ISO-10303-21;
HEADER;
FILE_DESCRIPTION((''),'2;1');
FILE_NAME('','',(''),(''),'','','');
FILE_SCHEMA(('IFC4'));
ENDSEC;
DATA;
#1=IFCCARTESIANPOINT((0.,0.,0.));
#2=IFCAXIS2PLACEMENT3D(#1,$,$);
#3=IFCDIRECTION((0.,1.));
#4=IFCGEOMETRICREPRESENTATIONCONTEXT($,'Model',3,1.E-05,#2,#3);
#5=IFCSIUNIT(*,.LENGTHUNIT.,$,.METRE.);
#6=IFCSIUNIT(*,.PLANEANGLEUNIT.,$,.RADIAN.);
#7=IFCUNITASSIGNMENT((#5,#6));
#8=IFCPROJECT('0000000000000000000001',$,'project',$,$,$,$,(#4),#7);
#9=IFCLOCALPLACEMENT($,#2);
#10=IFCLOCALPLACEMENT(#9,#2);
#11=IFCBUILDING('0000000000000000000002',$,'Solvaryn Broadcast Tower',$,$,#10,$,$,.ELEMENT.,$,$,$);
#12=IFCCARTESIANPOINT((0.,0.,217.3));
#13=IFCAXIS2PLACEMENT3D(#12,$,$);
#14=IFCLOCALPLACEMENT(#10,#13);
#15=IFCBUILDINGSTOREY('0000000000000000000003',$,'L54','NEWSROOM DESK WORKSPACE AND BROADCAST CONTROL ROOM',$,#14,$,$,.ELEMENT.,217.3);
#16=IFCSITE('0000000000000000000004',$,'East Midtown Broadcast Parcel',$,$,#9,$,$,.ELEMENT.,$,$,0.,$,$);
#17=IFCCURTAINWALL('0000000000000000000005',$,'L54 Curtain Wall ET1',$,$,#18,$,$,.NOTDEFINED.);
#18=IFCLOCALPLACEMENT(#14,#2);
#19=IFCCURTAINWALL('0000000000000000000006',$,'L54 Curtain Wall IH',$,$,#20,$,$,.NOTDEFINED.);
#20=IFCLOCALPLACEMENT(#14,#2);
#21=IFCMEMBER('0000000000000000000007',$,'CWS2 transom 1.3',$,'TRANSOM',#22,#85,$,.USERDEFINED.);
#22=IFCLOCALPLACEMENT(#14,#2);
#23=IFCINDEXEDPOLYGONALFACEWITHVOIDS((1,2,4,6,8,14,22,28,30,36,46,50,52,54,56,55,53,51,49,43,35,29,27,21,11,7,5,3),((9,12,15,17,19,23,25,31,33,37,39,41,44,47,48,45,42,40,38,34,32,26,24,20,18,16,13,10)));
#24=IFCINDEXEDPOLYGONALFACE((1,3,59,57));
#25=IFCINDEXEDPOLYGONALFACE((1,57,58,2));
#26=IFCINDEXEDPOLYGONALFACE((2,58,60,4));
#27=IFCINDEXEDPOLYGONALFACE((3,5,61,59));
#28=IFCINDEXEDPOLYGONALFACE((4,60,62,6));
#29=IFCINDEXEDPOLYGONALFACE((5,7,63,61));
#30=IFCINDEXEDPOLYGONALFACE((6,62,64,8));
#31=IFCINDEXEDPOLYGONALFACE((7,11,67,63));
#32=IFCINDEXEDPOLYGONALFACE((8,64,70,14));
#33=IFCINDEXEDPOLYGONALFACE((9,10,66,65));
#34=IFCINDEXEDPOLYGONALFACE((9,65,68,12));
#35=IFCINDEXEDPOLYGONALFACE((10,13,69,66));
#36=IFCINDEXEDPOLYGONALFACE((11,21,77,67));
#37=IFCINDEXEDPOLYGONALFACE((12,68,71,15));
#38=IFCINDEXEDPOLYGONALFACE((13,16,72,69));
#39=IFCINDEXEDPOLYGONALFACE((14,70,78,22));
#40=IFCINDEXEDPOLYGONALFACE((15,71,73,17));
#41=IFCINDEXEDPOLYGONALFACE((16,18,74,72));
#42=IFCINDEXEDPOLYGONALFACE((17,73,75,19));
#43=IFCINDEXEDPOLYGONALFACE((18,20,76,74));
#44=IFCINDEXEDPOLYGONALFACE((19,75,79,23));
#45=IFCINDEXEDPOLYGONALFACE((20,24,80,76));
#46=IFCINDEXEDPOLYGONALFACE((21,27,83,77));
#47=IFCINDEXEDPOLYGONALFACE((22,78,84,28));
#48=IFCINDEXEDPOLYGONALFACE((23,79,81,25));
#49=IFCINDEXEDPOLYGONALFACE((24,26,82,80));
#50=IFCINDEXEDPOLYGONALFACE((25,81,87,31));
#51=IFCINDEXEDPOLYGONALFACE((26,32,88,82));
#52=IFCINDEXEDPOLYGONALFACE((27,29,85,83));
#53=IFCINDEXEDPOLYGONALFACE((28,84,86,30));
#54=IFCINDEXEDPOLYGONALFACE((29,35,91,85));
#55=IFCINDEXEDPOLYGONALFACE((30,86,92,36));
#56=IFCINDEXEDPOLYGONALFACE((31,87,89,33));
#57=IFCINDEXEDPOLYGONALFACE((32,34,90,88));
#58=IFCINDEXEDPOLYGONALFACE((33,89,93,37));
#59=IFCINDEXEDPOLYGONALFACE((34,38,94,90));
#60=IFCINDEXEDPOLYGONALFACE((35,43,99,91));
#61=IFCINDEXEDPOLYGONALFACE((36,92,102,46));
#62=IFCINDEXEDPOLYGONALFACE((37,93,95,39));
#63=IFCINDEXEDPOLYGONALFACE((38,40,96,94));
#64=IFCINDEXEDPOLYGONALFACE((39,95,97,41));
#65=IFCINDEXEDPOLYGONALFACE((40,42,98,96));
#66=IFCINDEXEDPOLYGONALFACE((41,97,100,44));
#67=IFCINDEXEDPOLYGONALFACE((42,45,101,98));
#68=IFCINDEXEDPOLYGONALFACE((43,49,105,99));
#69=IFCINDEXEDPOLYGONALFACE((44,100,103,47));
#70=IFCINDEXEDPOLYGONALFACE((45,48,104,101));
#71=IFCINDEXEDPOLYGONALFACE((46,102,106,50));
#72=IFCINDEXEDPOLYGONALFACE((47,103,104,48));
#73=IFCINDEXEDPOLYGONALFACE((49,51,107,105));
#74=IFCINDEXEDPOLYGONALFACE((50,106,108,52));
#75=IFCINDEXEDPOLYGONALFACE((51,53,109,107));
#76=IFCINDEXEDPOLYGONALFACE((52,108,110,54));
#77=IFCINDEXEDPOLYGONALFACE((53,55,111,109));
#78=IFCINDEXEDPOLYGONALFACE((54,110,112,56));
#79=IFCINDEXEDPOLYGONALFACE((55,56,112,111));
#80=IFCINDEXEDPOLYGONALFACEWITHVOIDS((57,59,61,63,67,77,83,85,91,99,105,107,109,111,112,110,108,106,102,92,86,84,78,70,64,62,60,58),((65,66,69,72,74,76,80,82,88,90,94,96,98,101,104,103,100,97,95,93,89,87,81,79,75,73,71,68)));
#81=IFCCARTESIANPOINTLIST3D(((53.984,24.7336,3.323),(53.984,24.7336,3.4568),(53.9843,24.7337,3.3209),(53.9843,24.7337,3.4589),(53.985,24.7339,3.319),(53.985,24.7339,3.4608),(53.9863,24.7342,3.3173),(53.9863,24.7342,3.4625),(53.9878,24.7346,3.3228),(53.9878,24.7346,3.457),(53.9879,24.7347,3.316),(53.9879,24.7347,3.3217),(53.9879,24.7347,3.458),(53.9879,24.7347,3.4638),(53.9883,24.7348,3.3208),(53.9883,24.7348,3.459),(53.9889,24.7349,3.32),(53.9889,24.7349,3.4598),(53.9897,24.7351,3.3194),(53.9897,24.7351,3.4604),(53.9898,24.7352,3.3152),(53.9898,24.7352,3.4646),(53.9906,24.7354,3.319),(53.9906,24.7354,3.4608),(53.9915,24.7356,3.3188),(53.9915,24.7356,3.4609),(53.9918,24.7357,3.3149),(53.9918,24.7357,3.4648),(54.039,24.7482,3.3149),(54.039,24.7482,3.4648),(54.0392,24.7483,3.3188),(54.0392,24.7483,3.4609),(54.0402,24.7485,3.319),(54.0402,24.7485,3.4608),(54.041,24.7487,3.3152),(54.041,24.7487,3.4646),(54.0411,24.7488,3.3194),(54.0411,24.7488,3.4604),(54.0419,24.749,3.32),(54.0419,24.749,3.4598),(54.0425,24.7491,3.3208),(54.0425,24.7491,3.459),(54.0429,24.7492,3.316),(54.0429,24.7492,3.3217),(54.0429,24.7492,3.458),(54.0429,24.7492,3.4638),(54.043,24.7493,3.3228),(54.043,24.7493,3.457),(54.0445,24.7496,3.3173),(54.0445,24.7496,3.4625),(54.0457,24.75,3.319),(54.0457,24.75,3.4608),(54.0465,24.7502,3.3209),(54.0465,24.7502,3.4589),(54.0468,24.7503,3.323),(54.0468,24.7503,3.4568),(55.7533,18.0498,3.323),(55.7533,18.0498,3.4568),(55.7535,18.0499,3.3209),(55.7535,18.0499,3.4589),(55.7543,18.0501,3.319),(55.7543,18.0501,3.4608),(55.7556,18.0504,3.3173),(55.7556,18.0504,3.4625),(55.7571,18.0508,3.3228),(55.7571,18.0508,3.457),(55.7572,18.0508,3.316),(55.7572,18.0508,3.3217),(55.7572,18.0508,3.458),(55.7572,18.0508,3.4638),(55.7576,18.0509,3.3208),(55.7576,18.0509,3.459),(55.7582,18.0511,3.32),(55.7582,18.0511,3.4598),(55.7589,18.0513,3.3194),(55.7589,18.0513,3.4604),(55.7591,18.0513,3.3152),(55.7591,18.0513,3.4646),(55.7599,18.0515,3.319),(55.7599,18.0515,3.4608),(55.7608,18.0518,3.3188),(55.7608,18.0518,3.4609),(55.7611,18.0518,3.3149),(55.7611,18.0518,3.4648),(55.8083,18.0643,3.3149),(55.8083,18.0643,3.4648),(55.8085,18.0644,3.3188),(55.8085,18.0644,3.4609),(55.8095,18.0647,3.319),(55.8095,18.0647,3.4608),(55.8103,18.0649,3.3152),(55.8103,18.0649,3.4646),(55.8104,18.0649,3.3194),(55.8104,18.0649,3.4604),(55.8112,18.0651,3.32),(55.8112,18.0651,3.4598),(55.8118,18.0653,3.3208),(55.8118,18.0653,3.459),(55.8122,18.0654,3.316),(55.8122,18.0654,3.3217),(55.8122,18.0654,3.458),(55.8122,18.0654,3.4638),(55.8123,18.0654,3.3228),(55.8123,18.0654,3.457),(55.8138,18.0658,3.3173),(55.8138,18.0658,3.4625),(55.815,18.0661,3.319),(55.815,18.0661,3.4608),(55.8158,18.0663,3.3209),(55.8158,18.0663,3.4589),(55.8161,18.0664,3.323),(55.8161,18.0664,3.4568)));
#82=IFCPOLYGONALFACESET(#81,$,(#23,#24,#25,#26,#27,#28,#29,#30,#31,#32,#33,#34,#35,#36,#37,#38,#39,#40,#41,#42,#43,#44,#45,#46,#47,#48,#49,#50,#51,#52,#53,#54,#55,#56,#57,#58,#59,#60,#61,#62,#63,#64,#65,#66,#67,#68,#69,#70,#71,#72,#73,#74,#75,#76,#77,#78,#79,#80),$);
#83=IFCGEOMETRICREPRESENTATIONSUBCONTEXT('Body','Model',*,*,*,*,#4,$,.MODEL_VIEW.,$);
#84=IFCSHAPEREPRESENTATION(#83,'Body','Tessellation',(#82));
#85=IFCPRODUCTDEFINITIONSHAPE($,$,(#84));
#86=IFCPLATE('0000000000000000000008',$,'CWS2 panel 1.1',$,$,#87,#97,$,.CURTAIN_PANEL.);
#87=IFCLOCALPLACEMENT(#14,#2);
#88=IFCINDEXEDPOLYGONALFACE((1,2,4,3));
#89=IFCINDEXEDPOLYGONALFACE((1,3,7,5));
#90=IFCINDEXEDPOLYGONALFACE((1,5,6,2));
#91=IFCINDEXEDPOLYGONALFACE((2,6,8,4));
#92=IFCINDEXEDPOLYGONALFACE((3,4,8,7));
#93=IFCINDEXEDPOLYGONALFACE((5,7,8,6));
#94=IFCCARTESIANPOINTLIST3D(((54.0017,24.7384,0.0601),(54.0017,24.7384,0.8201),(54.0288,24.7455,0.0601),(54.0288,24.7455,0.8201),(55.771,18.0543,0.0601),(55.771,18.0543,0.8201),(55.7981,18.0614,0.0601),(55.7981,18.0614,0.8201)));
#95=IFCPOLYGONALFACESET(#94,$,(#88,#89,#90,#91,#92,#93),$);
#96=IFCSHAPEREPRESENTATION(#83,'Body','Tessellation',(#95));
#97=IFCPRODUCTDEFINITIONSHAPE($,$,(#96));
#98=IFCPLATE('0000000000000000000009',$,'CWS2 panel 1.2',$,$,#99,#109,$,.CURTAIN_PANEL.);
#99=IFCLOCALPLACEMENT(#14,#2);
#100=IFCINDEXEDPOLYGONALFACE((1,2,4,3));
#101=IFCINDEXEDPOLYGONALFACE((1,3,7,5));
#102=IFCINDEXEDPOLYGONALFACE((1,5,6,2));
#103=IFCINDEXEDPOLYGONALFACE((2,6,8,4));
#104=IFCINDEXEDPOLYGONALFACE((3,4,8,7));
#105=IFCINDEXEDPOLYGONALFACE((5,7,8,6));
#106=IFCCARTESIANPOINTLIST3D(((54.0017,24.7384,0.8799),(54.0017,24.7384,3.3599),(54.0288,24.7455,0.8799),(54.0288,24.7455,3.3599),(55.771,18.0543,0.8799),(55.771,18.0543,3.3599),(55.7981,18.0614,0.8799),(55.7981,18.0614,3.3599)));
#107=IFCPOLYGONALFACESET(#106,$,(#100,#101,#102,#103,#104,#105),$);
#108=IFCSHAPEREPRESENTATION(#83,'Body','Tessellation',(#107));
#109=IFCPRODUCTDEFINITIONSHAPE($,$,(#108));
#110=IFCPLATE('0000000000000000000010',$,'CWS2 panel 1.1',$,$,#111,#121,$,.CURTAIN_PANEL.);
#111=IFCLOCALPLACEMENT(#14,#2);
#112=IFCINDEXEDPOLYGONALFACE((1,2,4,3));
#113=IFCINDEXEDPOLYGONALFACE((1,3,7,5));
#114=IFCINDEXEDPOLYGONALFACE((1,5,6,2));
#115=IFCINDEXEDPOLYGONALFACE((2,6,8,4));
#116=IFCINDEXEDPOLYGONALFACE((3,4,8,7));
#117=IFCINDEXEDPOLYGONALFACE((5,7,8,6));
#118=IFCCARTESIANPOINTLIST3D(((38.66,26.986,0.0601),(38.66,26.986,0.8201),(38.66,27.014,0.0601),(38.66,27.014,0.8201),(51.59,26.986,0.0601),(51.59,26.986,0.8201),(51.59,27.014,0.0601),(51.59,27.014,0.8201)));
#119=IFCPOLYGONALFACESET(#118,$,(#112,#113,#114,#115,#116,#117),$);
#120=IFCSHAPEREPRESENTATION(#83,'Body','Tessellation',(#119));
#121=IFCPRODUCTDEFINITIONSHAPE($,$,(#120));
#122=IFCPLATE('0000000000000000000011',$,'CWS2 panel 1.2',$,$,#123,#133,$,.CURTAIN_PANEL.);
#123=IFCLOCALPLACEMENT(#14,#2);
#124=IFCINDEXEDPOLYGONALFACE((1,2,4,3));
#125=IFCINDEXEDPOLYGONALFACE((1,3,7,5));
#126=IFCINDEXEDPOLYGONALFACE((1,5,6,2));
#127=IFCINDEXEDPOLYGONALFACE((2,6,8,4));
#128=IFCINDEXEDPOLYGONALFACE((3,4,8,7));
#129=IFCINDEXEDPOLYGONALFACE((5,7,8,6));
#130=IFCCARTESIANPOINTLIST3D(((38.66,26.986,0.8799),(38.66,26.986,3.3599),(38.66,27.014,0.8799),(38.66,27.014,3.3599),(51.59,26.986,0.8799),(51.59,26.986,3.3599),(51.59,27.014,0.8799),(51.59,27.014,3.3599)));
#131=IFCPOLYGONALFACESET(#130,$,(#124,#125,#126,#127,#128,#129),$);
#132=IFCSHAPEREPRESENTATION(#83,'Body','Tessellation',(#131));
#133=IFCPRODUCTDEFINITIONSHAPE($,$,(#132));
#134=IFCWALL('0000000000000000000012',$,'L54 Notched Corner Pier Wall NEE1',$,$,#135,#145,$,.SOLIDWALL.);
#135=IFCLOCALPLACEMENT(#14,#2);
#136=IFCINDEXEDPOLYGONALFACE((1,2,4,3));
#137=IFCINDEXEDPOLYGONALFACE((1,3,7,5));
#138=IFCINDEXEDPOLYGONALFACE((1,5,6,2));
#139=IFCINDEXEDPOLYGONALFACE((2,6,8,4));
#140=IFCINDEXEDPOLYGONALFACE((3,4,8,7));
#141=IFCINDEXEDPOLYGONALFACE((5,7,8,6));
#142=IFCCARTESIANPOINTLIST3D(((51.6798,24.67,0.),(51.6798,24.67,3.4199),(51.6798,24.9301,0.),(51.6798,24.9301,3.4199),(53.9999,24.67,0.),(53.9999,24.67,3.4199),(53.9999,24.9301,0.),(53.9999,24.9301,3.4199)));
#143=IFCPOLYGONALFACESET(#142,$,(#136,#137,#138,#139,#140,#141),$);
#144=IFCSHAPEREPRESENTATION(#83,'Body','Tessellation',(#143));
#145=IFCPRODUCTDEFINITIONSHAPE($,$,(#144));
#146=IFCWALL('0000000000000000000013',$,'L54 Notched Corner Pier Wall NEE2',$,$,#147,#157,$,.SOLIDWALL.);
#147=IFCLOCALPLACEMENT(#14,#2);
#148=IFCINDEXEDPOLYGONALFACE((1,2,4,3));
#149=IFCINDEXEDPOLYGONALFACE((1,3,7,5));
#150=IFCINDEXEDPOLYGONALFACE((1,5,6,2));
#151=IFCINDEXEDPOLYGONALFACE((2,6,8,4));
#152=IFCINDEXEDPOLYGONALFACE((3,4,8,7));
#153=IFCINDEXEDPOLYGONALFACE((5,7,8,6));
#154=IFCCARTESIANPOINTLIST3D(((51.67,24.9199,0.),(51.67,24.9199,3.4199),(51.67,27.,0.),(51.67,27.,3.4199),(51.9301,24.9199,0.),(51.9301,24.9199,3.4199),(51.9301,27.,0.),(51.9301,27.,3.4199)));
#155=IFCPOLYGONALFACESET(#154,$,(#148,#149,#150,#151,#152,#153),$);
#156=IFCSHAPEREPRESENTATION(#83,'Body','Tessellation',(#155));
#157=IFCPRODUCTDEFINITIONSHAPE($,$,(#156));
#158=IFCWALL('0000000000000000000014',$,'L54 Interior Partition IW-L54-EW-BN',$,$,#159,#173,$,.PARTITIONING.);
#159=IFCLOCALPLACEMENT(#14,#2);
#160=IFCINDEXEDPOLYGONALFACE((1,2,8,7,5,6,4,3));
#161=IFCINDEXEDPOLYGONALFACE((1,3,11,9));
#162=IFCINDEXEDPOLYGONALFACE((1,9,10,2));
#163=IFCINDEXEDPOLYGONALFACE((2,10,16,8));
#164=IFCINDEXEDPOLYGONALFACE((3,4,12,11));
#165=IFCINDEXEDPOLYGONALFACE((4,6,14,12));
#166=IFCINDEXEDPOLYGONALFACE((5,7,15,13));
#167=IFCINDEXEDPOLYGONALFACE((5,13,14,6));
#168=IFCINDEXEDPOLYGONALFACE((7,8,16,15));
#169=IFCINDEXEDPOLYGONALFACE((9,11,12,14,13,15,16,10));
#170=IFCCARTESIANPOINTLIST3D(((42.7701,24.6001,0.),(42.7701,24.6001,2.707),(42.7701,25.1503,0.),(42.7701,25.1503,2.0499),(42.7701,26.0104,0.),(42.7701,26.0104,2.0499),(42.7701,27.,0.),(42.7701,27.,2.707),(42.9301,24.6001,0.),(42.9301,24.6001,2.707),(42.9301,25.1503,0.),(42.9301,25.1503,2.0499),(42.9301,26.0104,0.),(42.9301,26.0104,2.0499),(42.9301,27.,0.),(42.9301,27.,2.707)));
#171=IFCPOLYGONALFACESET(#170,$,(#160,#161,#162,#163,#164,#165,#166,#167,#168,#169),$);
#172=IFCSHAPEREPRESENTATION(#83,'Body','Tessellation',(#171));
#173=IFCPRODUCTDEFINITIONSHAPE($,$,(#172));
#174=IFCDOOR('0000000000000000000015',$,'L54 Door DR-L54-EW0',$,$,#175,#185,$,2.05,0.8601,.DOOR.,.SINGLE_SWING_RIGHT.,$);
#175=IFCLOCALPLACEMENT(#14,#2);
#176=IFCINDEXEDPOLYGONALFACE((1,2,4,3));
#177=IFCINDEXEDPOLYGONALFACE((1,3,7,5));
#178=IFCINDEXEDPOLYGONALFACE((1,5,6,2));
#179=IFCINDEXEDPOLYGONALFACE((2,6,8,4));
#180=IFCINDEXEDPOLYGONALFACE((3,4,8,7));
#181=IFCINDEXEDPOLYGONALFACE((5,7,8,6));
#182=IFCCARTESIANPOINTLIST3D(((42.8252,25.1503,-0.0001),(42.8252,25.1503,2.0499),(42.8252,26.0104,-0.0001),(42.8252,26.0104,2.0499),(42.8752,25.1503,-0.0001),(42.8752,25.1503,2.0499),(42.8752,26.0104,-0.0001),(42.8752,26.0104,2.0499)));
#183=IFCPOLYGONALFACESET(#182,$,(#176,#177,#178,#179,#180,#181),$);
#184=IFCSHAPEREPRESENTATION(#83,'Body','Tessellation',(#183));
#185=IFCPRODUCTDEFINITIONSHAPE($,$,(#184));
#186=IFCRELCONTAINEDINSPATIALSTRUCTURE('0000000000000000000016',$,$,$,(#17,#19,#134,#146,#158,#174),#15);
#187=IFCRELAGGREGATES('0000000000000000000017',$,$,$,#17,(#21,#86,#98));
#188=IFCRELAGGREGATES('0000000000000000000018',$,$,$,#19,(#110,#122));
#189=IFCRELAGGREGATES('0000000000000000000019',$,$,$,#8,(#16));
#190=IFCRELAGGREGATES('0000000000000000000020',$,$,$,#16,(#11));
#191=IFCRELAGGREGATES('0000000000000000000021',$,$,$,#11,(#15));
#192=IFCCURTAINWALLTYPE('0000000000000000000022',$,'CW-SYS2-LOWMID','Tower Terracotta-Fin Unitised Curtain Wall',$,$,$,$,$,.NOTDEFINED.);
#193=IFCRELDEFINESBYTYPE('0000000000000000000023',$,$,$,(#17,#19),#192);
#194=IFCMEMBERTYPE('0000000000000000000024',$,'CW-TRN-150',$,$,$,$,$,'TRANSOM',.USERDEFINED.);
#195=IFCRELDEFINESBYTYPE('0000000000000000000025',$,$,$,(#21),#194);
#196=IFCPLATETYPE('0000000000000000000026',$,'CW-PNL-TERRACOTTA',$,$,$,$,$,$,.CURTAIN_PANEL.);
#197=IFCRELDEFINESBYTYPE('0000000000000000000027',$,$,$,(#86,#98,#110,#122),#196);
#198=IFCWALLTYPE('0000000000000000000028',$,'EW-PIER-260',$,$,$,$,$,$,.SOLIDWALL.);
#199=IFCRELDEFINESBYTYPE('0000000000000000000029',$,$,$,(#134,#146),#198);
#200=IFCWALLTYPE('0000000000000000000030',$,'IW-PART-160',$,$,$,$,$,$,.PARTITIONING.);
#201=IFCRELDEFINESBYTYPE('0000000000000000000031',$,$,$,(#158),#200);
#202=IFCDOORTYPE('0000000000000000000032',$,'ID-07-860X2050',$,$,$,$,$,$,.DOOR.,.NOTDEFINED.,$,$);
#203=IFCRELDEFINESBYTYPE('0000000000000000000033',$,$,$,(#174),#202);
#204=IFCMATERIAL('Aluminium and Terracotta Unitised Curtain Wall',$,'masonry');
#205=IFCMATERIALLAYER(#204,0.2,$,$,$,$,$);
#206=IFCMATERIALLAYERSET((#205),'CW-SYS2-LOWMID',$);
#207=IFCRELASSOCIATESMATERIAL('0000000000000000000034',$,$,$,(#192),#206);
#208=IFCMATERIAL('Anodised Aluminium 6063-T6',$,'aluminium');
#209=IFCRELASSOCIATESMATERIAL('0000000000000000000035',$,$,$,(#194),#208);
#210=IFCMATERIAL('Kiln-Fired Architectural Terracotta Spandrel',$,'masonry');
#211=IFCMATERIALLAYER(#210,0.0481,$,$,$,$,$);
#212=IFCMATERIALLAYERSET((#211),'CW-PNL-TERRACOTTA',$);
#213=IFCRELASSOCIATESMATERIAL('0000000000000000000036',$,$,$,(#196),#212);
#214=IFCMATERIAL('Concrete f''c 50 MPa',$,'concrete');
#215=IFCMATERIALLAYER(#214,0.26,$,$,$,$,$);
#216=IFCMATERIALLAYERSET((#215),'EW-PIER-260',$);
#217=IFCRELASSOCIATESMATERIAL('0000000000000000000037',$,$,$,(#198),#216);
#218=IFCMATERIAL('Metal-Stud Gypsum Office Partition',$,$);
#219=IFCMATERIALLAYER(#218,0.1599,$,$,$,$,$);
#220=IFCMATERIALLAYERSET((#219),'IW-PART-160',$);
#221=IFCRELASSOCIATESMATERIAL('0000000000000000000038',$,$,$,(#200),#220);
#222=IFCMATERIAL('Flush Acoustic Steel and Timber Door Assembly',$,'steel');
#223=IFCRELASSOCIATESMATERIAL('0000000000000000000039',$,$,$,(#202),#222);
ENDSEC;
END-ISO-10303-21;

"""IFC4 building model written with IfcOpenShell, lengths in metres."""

from ifc_helpers import new_model, si_unit, direction, frame, frame_2d, origin, origin_2d, place, context, subcontext, project, spatial, rectangle, hollow_rectangle, extrude, material, layer, layer_set, material_profile, profile_set, type_object, element, fill, aggregate, save


model = new_model("IFC4")

# Units and contexts
model_context = context("Model", 3, precision=1e-05, world=origin(), true_north=direction((0.0, 1.0)))
body_context = subcontext(model_context, "Body", "Model", "MODEL_VIEW")
ifc_project = project(units=[si_unit("LENGTHUNIT", "METRE"), si_unit("PLANEANGLEUNIT", "RADIAN")], contexts=[model_context])

# Site, building, storey
site_placement = place(None, origin())
site = spatial("IfcSite", under=ifc_project, at=site_placement, Name="East Midtown Broadcast Parcel", CompositionType="ELEMENT", RefElevation=0.0)
building_placement = place(site_placement, origin())
building = spatial("IfcBuilding", under=site, at=building_placement, Name="Solvaryn Broadcast Tower", CompositionType="ELEMENT")
storey_placement = place(building_placement, frame((0.0, 0.0, 217.3)))
storey = spatial("IfcBuildingStorey", under=building, at=storey_placement, Name="L54", Description="NEWSROOM DESK WORKSPACE AND BROADCAST CONTROL ROOM", CompositionType="ELEMENT", Elevation=217.3)

# Curtain walls
ifc_material_1 = material(Name="Aluminium and Terracotta Unitised Curtain Wall", Category="masonry")
ifc_layer_1 = layer(ifc_material_1, 0.2)
ifc_layer_set_1 = layer_set([ifc_layer_1], Name="CW-SYS2-LOWMID")
curtain_wall_type = type_object("IfcCurtainWallType", Name="CW-SYS2-LOWMID", Description="Tower Terracotta-Fin Unitised Curtain Wall", PredefinedType="NOTDEFINED", material=ifc_layer_set_1)
curtain_wall_1_placement = place(storey_placement, origin())
curtain_wall_1 = element("IfcCurtainWall", 1, at=curtain_wall_1_placement, inside=storey, type_object=curtain_wall_type, Name="L54 Curtain Wall ET1", PredefinedType="NOTDEFINED")
curtain_wall_2_placement = place(storey_placement, origin())
curtain_wall_2 = element("IfcCurtainWall", 2, at=curtain_wall_2_placement, inside=storey, type_object=curtain_wall_type, Name="L54 Curtain Wall IH", PredefinedType="NOTDEFINED")

# Member
ifc_material_2 = material(Name="Anodised Aluminium 6063-T6", Category="aluminium")
ifc_material_profile_1 = material_profile(ifc_material_2, hollow_rectangle(XDim=0.0649, YDim=0.1499, WallThickness=0.0039, InnerFilletRadius=0.0039, OuterFilletRadius=0.0081, at=origin_2d()))
ifc_profile_set_1 = profile_set([ifc_material_profile_1], Name="Anodised Aluminium 6063-T6")
member_type_1 = type_object("IfcMemberType", Name="CW-TRN-150", ElementType="TRANSOM", PredefinedType="USERDEFINED", material=ifc_profile_set_1)
member_1_placement = place(storey_placement, frame((54.0154, 24.7419, 3.3899), z_axis=(0.255897, -0.966704, 0.0), x_axis=(0.966704, 0.255897, 0.0)))
member_1 = element("IfcMember", 3, at=member_1_placement, type_object=member_type_1, Name="CWS2 transom 1.3", ObjectType="TRANSOM", PredefinedType="USERDEFINED", context=body_context, shape_type="SweptSolid", body=[
    extrude(hollow_rectangle(XDim=0.0649, YDim=0.1499, WallThickness=0.0039, InnerFilletRadius=0.0039, OuterFilletRadius=0.0081, at=origin_2d()), origin(), (0.0, 0.0, 1.0), 6.9141),
])

# Plates
ifc_material_3 = material(Name="Kiln-Fired Architectural Terracotta Spandrel", Category="masonry")
ifc_layer_2 = layer(ifc_material_3, 0.0481)
ifc_layer_set_2 = layer_set([ifc_layer_2], Name="CW-PNL-TERRACOTTA")
plate_type = type_object("IfcPlateType", Name="CW-PNL-TERRACOTTA", PredefinedType="CURTAIN_PANEL", material=ifc_layer_set_2)
plate_1_placement = place(storey_placement, frame((54.8999, 21.3999, 0.0601), z_axis=(0.0, 0.0, 1.0), x_axis=(0.255893, -0.966705, 0.0)))
plate_1 = element("IfcPlate", 4, at=plate_1_placement, type_object=plate_type, Name="CWS2 panel 1.1", PredefinedType="CURTAIN_PANEL", context=body_context, shape_type="SweptSolid", body=[
    extrude(rectangle(XDim=6.9143, YDim=0.0281, at=origin_2d()), origin(), (0.0, 0.0, 1.0), 0.76),
])
plate_2_placement = place(storey_placement, frame((54.8999, 21.3999, 0.8799), z_axis=(0.0, 0.0, 1.0), x_axis=(0.255893, -0.966705, 0.0)))
plate_2 = element("IfcPlate", 5, at=plate_2_placement, type_object=plate_type, Name="CWS2 panel 1.2", PredefinedType="CURTAIN_PANEL", context=body_context, shape_type="SweptSolid", body=[
    extrude(rectangle(XDim=6.9143, YDim=0.0281, at=origin_2d()), origin(), (0.0, 0.0, 1.0), 2.48),
])
aggregate(curtain_wall_1, [member_1, plate_1, plate_2])
plate_3_placement = place(storey_placement, frame((45.125, 27.0, 0.0601), z_axis=(0.0, 0.0, 1.0), x_axis=(1.0, 0.0, 0.0)))
plate_3 = element("IfcPlate", 6, at=plate_3_placement, type_object=plate_type, Name="CWS2 panel 1.1", PredefinedType="CURTAIN_PANEL", context=body_context, shape_type="SweptSolid", body=[
    extrude(rectangle(XDim=12.9299, YDim=0.0281, at=origin_2d()), origin(), (0.0, 0.0, 1.0), 0.76),
])
plate_4_placement = place(storey_placement, frame((45.125, 27.0, 0.8799), z_axis=(0.0, 0.0, 1.0), x_axis=(1.0, 0.0, 0.0)))
plate_4 = element("IfcPlate", 7, at=plate_4_placement, type_object=plate_type, Name="CWS2 panel 1.2", PredefinedType="CURTAIN_PANEL", context=body_context, shape_type="SweptSolid", body=[
    extrude(rectangle(XDim=12.9299, YDim=0.0281, at=origin_2d()), origin(), (0.0, 0.0, 1.0), 2.48),
])
aggregate(curtain_wall_2, [plate_3, plate_4])

# Walls
ifc_material_4 = material(Name="Concrete f'c 50 MPa", Category="concrete")
ifc_layer_3 = layer(ifc_material_4, 0.26)
ifc_layer_set_3 = layer_set([ifc_layer_3], Name="EW-PIER-260")
wall_type_1 = type_object("IfcWallType", Name="EW-PIER-260", PredefinedType="SOLIDWALL", material=ifc_layer_set_3)
wall_1_placement = place(storey_placement, frame((54.0, 24.8, 0.0), z_axis=(0.0, 0.0, 1.0), x_axis=(-1.0, 0.0, 0.0)))
element("IfcWall", 8, at=wall_1_placement, inside=storey, type_object=wall_type_1, Name="L54 Notched Corner Pier Wall NEE1", PredefinedType="SOLIDWALL", context=body_context, shape_type="SweptSolid", body=[
    extrude(rectangle(XDim=2.3201, YDim=0.26, at=frame_2d((1.1602, 0.0))), origin(), (0.0, 0.0, 1.0), 3.4199),
])
wall_2_placement = place(storey_placement, frame((51.8, 24.9199, 0.0), z_axis=(0.0, 0.0, 1.0), x_axis=(0.0, 1.0, 0.0)))
element("IfcWall", 9, at=wall_2_placement, inside=storey, type_object=wall_type_1, Name="L54 Notched Corner Pier Wall NEE2", PredefinedType="SOLIDWALL", context=body_context, shape_type="SweptSolid", body=[
    extrude(rectangle(XDim=2.0801, YDim=0.26, at=frame_2d((1.04, 0.0))), origin(), (0.0, 0.0, 1.0), 3.4199),
])

# Wall, opening, door
ifc_material_5 = material(Name="Metal-Stud Gypsum Office Partition")
ifc_layer_4 = layer(ifc_material_5, 0.1599)
ifc_layer_set_4 = layer_set([ifc_layer_4], Name="IW-PART-160")
wall_type_2 = type_object("IfcWallType", Name="IW-PART-160", PredefinedType="PARTITIONING", material=ifc_layer_set_4)
wall_3_placement = place(storey_placement, frame((42.8501, 24.6001, 0.0), z_axis=(0.0, 0.0, 1.0), x_axis=(0.0, 1.0, 0.0)))
wall_3 = element("IfcWall", 10, at=wall_3_placement, inside=storey, type_object=wall_type_2, Name="L54 Interior Partition IW-L54-EW-BN", PredefinedType="PARTITIONING", context=body_context, shape_type="SweptSolid", body=[
    extrude(rectangle(XDim=2.3999, YDim=0.1599, at=frame_2d((1.2, 0.0))), origin(), (0.0, 0.0, 1.0), 2.707),
])
opening_1_placement = place(wall_3_placement, frame((0.55, 0.0, 0.0)))
opening_1 = element("IfcOpeningElement", 11, at=opening_1_placement, cuts=wall_3, PredefinedType="OPENING", context=body_context, shape_type="SweptSolid", body=[
    extrude(rectangle(XDim=0.8601, YDim=2.05, at=frame_2d((0.4302, 1.0249))), frame((0.0, 0.0901, 0.0), z_axis=(0.0, -1.0, 0.0), x_axis=(1.0, 0.0, 0.0)), (0.0, 0.0, 1.0), 0.1799),
])
ifc_material_6 = material(Name="Flush Acoustic Steel and Timber Door Assembly", Category="steel")
door_type_1 = type_object("IfcDoorType", Name="ID-07-860X2050", OperationType="NOTDEFINED", PredefinedType="DOOR", material=ifc_material_6)
door_1_placement = place(opening_1_placement, origin())
door_1 = element("IfcDoor", 12, at=door_1_placement, inside=storey, type_object=door_type_1, Name="L54 Door DR-L54-EW0", OperationType="SINGLE_SWING_RIGHT", OverallHeight=2.05, OverallWidth=0.8601, PredefinedType="DOOR", context=body_context, shape_type="SweptSolid", body=[
    extrude(rectangle(XDim=0.8601, YDim=2.05, at=frame_2d((0.4302, 1.0249))), frame((0.0, 0.0249, 0.0), z_axis=(0.0, -1.0, 0.0), x_axis=(1.0, 0.0, 0.0)), (0.0, 0.0, 1.0), 0.05),
])
fill(opening_1, door_1)

save(model, "model.ifc")
